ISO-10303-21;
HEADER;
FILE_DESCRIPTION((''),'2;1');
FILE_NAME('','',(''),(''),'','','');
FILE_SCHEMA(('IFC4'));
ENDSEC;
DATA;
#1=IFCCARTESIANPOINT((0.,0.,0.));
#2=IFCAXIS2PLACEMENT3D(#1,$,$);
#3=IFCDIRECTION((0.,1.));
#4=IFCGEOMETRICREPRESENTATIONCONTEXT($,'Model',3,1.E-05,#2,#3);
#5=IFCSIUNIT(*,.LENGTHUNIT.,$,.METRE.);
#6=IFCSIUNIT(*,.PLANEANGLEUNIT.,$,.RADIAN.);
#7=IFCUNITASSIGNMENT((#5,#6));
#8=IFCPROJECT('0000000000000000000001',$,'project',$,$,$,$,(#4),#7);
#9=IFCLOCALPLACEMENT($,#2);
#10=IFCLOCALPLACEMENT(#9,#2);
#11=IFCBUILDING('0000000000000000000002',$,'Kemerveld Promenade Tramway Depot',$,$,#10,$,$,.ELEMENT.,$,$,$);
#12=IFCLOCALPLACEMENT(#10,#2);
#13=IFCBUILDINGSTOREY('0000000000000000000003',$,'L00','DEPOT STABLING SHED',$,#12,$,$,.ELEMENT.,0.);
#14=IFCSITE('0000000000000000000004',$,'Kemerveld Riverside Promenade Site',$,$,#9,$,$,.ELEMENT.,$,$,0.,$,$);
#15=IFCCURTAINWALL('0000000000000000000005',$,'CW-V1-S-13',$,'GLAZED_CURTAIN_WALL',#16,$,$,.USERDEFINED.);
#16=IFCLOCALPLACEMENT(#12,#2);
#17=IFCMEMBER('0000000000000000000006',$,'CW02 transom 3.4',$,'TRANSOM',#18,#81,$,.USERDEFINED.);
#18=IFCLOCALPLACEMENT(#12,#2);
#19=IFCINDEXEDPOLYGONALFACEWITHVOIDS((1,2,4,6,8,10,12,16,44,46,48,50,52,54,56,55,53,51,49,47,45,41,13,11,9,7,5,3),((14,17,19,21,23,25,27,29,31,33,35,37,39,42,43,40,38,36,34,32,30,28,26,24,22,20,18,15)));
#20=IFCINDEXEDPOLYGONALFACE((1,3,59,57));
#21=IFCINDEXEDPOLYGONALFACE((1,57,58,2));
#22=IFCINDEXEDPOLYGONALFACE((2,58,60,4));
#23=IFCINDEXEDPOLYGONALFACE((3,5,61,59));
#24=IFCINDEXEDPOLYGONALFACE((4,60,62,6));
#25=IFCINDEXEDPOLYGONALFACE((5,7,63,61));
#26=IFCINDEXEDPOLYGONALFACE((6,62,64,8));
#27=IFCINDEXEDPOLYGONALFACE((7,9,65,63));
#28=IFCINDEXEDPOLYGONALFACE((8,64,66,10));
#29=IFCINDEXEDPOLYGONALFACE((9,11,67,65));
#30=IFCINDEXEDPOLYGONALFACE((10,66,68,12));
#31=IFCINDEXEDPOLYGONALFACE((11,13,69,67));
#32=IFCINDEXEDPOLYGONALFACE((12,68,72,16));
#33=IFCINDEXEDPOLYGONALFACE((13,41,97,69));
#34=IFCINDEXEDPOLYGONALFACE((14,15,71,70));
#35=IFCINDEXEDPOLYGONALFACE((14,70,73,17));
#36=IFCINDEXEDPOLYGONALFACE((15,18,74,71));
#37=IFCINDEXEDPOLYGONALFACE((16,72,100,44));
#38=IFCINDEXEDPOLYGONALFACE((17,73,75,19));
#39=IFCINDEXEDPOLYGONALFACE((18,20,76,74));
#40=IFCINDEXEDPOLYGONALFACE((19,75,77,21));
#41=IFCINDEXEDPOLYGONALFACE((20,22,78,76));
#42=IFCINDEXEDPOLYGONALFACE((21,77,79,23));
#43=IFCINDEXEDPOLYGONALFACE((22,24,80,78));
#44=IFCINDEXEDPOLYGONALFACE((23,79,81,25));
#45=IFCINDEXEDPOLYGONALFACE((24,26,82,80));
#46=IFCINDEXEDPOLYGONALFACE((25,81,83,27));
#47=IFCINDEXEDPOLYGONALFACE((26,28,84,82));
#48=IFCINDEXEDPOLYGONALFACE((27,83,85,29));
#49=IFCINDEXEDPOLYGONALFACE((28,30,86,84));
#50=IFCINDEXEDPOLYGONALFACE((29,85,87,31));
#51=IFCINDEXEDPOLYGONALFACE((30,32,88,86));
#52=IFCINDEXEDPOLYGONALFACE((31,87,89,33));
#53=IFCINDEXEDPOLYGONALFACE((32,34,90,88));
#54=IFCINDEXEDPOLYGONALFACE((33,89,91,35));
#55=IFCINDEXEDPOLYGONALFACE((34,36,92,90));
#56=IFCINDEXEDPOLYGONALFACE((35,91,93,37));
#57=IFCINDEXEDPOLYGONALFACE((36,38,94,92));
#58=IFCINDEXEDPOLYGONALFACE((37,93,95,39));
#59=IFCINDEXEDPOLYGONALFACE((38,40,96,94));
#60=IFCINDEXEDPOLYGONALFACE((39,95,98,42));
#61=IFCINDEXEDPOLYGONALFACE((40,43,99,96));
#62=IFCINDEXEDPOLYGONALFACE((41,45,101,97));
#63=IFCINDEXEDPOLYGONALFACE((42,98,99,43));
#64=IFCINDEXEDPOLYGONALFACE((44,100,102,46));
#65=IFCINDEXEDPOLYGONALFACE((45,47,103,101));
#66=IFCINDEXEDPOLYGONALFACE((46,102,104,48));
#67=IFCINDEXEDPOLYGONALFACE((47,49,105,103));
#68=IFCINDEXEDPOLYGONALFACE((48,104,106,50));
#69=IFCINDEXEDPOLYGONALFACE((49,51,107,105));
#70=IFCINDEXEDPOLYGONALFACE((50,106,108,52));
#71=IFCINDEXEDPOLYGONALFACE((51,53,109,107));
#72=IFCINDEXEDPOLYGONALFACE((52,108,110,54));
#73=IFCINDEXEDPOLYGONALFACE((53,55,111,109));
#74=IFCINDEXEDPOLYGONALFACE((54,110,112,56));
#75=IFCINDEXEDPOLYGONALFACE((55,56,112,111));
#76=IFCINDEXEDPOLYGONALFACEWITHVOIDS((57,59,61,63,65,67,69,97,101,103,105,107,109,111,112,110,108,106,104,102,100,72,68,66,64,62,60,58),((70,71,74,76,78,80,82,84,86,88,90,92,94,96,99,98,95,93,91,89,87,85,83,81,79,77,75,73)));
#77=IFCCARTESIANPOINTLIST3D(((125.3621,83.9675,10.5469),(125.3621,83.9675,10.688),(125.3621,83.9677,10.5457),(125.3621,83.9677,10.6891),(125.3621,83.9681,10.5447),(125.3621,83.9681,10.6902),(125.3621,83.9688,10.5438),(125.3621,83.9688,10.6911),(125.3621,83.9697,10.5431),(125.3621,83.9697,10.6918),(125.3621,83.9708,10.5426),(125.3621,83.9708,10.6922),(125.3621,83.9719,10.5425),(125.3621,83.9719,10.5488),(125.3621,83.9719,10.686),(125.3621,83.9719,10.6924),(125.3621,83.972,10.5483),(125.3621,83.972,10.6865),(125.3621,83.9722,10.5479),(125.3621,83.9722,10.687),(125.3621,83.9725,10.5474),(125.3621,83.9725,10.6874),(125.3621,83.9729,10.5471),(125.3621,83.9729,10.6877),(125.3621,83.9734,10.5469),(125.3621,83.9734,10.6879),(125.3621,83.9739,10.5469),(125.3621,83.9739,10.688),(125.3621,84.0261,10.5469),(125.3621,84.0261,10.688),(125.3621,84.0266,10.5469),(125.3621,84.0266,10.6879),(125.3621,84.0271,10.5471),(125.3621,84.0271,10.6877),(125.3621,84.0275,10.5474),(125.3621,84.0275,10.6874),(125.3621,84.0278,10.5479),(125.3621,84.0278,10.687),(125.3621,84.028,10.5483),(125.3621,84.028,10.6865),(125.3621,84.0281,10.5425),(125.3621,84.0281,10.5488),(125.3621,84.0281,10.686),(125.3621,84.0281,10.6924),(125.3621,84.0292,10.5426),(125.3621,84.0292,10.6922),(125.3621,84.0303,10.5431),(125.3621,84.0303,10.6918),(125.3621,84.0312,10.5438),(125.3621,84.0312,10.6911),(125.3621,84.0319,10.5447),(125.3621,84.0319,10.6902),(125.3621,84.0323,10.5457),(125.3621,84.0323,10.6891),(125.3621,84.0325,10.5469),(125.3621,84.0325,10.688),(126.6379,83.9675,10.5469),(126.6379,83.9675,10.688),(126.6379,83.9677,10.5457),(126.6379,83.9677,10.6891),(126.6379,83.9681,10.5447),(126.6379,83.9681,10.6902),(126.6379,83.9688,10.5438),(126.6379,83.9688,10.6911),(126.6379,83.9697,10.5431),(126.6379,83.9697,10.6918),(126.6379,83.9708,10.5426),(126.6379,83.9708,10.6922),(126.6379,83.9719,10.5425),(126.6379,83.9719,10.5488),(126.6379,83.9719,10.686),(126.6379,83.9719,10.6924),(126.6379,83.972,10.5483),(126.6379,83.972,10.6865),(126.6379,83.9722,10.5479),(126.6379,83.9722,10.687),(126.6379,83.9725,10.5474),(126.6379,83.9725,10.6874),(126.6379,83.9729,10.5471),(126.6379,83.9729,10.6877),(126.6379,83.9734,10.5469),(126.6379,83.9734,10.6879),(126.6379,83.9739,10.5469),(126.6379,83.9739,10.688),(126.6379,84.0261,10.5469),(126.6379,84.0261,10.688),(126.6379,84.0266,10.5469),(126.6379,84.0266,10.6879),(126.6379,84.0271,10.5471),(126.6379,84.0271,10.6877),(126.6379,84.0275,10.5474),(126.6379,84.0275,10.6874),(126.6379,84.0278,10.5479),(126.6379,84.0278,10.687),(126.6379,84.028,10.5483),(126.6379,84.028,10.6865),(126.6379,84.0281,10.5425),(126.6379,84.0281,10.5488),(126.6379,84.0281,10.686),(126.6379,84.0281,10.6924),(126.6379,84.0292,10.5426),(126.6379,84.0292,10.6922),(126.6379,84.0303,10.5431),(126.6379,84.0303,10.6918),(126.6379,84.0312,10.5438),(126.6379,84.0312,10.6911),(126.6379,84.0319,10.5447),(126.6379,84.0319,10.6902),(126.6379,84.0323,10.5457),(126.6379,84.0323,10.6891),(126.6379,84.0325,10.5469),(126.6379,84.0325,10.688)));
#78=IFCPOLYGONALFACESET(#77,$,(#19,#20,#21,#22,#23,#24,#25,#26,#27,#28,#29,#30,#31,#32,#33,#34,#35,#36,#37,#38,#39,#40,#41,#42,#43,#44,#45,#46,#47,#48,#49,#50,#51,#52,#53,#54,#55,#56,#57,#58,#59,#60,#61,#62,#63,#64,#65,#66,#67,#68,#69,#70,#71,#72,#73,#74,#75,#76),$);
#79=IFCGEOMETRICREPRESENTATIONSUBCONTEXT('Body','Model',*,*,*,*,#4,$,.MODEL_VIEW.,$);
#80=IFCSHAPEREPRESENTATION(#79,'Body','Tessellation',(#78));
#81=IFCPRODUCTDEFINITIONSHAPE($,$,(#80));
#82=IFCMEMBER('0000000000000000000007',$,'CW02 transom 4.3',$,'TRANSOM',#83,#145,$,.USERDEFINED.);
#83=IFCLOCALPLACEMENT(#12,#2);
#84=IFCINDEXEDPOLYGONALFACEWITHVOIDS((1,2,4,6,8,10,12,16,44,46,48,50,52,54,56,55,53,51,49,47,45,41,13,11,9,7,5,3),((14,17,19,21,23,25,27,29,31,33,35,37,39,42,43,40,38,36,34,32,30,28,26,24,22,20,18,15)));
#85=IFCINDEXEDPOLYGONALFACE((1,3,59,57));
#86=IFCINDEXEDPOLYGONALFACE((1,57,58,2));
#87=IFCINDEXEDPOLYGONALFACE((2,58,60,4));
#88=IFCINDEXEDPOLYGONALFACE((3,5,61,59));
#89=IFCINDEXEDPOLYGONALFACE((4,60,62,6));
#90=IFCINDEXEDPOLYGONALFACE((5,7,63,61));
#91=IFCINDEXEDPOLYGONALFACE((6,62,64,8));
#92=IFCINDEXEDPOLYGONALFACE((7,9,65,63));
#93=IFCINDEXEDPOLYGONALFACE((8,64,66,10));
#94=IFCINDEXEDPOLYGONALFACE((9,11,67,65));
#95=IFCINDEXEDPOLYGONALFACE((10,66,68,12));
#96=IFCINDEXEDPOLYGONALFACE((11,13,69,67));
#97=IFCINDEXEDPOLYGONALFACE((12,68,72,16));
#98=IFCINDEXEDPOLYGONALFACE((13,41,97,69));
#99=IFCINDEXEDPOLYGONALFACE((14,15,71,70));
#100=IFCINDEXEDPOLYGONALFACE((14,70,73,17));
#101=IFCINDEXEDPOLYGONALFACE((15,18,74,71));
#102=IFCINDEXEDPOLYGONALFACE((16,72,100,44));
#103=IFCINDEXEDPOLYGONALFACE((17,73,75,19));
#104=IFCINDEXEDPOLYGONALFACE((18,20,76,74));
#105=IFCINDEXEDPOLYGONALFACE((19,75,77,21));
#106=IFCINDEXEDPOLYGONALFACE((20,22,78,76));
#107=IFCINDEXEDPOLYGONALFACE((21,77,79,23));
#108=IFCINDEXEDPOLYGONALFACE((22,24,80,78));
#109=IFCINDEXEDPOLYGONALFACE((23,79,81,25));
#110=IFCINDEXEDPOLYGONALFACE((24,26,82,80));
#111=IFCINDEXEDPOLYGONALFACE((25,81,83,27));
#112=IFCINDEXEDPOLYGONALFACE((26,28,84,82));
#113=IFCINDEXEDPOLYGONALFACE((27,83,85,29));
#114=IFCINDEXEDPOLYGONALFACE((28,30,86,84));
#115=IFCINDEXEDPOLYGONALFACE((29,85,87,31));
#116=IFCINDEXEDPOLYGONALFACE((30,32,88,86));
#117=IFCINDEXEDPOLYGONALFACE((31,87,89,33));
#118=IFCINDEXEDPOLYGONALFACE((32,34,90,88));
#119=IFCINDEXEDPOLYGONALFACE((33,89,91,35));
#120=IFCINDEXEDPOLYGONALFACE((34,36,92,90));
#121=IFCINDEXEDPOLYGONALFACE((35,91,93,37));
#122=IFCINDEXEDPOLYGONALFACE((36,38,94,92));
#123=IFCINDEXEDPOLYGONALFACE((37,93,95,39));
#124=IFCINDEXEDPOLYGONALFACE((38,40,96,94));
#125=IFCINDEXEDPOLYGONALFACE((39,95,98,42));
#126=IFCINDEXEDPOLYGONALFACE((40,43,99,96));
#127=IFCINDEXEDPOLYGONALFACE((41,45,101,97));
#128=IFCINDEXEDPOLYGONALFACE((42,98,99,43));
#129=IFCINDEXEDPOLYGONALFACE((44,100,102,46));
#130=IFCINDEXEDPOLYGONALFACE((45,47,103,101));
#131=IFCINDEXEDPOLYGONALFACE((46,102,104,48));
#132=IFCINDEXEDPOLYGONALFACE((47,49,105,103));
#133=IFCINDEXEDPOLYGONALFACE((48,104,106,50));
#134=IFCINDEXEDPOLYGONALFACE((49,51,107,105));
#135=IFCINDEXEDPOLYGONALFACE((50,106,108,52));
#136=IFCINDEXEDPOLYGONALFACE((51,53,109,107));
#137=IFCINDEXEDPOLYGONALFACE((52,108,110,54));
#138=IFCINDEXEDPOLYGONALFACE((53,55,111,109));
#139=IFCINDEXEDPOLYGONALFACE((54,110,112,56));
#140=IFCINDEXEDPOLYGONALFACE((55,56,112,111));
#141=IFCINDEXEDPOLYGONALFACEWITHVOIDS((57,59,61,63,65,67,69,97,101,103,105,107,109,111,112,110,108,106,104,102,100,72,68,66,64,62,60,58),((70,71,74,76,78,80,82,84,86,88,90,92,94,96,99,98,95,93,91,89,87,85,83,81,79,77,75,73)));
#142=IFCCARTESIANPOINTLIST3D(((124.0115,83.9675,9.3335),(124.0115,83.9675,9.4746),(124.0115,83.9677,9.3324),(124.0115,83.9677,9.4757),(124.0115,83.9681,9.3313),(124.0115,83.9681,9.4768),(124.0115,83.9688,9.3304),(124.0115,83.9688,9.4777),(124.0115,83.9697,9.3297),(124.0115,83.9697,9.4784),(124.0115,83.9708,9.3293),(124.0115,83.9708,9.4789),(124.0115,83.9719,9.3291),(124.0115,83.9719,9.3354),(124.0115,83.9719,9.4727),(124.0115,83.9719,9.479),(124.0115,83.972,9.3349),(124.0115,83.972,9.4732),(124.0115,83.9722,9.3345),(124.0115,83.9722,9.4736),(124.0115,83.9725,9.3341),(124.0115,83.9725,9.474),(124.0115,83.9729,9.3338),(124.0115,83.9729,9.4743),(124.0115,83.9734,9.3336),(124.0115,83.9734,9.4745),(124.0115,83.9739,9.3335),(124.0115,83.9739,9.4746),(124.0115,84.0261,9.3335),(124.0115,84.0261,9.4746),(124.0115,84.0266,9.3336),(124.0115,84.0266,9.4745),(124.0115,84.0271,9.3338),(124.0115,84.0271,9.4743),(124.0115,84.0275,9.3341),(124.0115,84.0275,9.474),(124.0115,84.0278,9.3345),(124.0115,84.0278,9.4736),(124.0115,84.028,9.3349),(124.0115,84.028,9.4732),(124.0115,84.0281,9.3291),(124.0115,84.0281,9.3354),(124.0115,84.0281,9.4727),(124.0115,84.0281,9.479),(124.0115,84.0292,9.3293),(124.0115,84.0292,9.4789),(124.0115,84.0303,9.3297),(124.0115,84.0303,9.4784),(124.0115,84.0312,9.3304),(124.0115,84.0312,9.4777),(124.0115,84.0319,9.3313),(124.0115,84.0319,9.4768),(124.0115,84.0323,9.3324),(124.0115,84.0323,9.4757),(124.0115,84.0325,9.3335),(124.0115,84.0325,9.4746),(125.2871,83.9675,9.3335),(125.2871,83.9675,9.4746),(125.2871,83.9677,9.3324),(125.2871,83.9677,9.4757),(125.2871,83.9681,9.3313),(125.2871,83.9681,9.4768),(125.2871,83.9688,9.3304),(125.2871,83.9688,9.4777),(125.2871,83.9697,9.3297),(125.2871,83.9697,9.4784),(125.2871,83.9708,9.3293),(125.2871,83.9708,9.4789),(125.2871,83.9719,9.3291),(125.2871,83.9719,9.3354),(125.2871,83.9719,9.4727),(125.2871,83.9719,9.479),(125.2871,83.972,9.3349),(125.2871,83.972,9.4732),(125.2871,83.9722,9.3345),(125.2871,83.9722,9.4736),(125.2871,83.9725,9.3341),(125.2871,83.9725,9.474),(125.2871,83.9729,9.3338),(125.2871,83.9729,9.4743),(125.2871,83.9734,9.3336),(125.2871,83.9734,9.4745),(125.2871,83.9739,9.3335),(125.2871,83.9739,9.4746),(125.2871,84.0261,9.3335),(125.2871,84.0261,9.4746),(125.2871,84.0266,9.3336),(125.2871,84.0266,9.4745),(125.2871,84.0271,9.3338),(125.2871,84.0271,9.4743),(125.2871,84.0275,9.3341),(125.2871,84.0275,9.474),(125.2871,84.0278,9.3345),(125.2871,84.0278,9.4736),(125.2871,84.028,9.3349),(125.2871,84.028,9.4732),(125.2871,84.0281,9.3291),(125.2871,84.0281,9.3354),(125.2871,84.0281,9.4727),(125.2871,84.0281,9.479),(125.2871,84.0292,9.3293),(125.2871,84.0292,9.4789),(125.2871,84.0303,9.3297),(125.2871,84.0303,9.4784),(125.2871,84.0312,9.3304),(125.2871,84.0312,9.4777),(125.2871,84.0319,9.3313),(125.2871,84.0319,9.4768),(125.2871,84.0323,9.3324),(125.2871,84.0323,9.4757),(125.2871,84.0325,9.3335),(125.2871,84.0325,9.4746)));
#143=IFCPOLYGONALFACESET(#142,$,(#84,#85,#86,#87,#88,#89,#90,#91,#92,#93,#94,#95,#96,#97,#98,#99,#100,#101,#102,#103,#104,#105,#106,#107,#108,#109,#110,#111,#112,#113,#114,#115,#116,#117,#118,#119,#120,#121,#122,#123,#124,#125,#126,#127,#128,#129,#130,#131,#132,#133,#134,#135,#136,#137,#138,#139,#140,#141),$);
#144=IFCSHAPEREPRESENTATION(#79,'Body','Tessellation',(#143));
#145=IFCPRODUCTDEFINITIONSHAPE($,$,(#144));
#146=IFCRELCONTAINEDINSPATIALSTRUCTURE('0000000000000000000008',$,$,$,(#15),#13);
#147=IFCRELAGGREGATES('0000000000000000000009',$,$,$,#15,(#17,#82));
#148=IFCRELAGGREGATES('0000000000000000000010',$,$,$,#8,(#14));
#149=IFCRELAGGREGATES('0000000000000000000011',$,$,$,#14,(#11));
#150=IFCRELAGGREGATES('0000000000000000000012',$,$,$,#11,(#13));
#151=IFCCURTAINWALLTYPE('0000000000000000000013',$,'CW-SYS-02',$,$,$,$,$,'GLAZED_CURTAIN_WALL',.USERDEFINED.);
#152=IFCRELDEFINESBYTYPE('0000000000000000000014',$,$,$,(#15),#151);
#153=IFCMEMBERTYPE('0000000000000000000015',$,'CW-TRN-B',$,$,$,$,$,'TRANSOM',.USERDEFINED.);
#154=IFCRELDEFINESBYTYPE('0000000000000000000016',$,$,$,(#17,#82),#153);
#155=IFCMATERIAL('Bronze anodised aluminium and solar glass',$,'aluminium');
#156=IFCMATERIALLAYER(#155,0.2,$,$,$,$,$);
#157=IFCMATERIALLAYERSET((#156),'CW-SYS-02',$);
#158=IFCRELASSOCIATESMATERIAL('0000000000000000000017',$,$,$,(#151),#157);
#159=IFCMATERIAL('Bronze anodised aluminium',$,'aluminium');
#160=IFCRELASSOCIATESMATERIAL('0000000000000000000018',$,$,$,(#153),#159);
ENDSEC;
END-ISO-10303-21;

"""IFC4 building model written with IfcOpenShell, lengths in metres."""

from ifc_helpers import new_model, si_unit, direction, frame, origin, origin_2d, place, context, subcontext, project, spatial, hollow_rectangle, extrude, material, layer, layer_set, material_profile, profile_set, type_object, element, aggregate, save


model = new_model("IFC4")

# Units and contexts
model_context = context("Model", 3, precision=1e-05, world=origin(), true_north=direction((0.0, 1.0)))
body_context = subcontext(model_context, "Body", "Model", "MODEL_VIEW")
ifc_project = project(units=[si_unit("LENGTHUNIT", "METRE"), si_unit("PLANEANGLEUNIT", "RADIAN")], contexts=[model_context])

# Site, building, storey
site_placement = place(None, origin())
site = spatial("IfcSite", under=ifc_project, at=site_placement, Name="Kemerveld Riverside Promenade Site", CompositionType="ELEMENT", RefElevation=0.0)
building_placement = place(site_placement, origin())
building = spatial("IfcBuilding", under=site, at=building_placement, Name="Kemerveld Promenade Tramway Depot", CompositionType="ELEMENT")
storey_placement = place(building_placement, origin())
storey = spatial("IfcBuildingStorey", under=building, at=storey_placement, Name="L00", Description="DEPOT STABLING SHED", CompositionType="ELEMENT", Elevation=0.0)

# Curtain wall, members
ifc_material_1 = material(Name="Bronze anodised aluminium and solar glass", Category="aluminium")
ifc_material_2 = material(Name="Bronze anodised aluminium", Category="aluminium")
ifc_layer_1 = layer(ifc_material_1, 0.2)
ifc_layer_set_1 = layer_set([ifc_layer_1], Name="CW-SYS-02")
curtain_wall_type_1 = type_object("IfcCurtainWallType", Name="CW-SYS-02", ElementType="GLAZED_CURTAIN_WALL", PredefinedType="USERDEFINED", material=ifc_layer_set_1)
curtain_wall_1_placement = place(storey_placement, origin())
curtain_wall_1 = element("IfcCurtainWall", 1, at=curtain_wall_1_placement, inside=storey, type_object=curtain_wall_type_1, Name="CW-V1-S-13", ObjectType="GLAZED_CURTAIN_WALL", PredefinedType="USERDEFINED")
ifc_material_profile_1 = material_profile(ifc_material_2, hollow_rectangle(XDim=0.0649, YDim=0.1499, WallThickness=0.0044, InnerFilletRadius=0.002, OuterFilletRadius=0.0044, at=origin_2d()), Name="CW-TRN-150x65")
ifc_profile_set_1 = profile_set([ifc_material_profile_1], Name="Bronze anodised aluminium")
member_type_1 = type_object("IfcMemberType", Name="CW-TRN-B", ElementType="TRANSOM", PredefinedType="USERDEFINED", material=ifc_profile_set_1)
member_1_placement = place(storey_placement, frame((126.6379, 84.0, 10.6174), z_axis=(-1.0, 0.0, 0.0), x_axis=(0.0, -1.0, 0.0)))
member_1 = element("IfcMember", 2, at=member_1_placement, type_object=member_type_1, Name="CW02 transom 3.4", ObjectType="TRANSOM", PredefinedType="USERDEFINED", context=body_context, shape_type="SweptSolid", body=[
    extrude(hollow_rectangle(XDim=0.0649, YDim=0.1499, WallThickness=0.0044, InnerFilletRadius=0.002, OuterFilletRadius=0.0044, at=origin_2d()), origin(), (0.0, 0.0, 1.0), 1.2759),
])
member_2_placement = place(storey_placement, frame((125.2871, 84.0, 9.4041), z_axis=(-1.0, 0.0, 0.0), x_axis=(0.0, -1.0, 0.0)))
member_2 = element("IfcMember", 3, at=member_2_placement, type_object=member_type_1, Name="CW02 transom 4.3", ObjectType="TRANSOM", PredefinedType="USERDEFINED", context=body_context, shape_type="SweptSolid", body=[
    extrude(hollow_rectangle(XDim=0.0649, YDim=0.1499, WallThickness=0.0044, InnerFilletRadius=0.002, OuterFilletRadius=0.0044, at=origin_2d()), origin(), (0.0, 0.0, 1.0), 1.2756),
])

aggregate(curtain_wall_1, [member_1, member_2])

save(model, "model.ifc")
